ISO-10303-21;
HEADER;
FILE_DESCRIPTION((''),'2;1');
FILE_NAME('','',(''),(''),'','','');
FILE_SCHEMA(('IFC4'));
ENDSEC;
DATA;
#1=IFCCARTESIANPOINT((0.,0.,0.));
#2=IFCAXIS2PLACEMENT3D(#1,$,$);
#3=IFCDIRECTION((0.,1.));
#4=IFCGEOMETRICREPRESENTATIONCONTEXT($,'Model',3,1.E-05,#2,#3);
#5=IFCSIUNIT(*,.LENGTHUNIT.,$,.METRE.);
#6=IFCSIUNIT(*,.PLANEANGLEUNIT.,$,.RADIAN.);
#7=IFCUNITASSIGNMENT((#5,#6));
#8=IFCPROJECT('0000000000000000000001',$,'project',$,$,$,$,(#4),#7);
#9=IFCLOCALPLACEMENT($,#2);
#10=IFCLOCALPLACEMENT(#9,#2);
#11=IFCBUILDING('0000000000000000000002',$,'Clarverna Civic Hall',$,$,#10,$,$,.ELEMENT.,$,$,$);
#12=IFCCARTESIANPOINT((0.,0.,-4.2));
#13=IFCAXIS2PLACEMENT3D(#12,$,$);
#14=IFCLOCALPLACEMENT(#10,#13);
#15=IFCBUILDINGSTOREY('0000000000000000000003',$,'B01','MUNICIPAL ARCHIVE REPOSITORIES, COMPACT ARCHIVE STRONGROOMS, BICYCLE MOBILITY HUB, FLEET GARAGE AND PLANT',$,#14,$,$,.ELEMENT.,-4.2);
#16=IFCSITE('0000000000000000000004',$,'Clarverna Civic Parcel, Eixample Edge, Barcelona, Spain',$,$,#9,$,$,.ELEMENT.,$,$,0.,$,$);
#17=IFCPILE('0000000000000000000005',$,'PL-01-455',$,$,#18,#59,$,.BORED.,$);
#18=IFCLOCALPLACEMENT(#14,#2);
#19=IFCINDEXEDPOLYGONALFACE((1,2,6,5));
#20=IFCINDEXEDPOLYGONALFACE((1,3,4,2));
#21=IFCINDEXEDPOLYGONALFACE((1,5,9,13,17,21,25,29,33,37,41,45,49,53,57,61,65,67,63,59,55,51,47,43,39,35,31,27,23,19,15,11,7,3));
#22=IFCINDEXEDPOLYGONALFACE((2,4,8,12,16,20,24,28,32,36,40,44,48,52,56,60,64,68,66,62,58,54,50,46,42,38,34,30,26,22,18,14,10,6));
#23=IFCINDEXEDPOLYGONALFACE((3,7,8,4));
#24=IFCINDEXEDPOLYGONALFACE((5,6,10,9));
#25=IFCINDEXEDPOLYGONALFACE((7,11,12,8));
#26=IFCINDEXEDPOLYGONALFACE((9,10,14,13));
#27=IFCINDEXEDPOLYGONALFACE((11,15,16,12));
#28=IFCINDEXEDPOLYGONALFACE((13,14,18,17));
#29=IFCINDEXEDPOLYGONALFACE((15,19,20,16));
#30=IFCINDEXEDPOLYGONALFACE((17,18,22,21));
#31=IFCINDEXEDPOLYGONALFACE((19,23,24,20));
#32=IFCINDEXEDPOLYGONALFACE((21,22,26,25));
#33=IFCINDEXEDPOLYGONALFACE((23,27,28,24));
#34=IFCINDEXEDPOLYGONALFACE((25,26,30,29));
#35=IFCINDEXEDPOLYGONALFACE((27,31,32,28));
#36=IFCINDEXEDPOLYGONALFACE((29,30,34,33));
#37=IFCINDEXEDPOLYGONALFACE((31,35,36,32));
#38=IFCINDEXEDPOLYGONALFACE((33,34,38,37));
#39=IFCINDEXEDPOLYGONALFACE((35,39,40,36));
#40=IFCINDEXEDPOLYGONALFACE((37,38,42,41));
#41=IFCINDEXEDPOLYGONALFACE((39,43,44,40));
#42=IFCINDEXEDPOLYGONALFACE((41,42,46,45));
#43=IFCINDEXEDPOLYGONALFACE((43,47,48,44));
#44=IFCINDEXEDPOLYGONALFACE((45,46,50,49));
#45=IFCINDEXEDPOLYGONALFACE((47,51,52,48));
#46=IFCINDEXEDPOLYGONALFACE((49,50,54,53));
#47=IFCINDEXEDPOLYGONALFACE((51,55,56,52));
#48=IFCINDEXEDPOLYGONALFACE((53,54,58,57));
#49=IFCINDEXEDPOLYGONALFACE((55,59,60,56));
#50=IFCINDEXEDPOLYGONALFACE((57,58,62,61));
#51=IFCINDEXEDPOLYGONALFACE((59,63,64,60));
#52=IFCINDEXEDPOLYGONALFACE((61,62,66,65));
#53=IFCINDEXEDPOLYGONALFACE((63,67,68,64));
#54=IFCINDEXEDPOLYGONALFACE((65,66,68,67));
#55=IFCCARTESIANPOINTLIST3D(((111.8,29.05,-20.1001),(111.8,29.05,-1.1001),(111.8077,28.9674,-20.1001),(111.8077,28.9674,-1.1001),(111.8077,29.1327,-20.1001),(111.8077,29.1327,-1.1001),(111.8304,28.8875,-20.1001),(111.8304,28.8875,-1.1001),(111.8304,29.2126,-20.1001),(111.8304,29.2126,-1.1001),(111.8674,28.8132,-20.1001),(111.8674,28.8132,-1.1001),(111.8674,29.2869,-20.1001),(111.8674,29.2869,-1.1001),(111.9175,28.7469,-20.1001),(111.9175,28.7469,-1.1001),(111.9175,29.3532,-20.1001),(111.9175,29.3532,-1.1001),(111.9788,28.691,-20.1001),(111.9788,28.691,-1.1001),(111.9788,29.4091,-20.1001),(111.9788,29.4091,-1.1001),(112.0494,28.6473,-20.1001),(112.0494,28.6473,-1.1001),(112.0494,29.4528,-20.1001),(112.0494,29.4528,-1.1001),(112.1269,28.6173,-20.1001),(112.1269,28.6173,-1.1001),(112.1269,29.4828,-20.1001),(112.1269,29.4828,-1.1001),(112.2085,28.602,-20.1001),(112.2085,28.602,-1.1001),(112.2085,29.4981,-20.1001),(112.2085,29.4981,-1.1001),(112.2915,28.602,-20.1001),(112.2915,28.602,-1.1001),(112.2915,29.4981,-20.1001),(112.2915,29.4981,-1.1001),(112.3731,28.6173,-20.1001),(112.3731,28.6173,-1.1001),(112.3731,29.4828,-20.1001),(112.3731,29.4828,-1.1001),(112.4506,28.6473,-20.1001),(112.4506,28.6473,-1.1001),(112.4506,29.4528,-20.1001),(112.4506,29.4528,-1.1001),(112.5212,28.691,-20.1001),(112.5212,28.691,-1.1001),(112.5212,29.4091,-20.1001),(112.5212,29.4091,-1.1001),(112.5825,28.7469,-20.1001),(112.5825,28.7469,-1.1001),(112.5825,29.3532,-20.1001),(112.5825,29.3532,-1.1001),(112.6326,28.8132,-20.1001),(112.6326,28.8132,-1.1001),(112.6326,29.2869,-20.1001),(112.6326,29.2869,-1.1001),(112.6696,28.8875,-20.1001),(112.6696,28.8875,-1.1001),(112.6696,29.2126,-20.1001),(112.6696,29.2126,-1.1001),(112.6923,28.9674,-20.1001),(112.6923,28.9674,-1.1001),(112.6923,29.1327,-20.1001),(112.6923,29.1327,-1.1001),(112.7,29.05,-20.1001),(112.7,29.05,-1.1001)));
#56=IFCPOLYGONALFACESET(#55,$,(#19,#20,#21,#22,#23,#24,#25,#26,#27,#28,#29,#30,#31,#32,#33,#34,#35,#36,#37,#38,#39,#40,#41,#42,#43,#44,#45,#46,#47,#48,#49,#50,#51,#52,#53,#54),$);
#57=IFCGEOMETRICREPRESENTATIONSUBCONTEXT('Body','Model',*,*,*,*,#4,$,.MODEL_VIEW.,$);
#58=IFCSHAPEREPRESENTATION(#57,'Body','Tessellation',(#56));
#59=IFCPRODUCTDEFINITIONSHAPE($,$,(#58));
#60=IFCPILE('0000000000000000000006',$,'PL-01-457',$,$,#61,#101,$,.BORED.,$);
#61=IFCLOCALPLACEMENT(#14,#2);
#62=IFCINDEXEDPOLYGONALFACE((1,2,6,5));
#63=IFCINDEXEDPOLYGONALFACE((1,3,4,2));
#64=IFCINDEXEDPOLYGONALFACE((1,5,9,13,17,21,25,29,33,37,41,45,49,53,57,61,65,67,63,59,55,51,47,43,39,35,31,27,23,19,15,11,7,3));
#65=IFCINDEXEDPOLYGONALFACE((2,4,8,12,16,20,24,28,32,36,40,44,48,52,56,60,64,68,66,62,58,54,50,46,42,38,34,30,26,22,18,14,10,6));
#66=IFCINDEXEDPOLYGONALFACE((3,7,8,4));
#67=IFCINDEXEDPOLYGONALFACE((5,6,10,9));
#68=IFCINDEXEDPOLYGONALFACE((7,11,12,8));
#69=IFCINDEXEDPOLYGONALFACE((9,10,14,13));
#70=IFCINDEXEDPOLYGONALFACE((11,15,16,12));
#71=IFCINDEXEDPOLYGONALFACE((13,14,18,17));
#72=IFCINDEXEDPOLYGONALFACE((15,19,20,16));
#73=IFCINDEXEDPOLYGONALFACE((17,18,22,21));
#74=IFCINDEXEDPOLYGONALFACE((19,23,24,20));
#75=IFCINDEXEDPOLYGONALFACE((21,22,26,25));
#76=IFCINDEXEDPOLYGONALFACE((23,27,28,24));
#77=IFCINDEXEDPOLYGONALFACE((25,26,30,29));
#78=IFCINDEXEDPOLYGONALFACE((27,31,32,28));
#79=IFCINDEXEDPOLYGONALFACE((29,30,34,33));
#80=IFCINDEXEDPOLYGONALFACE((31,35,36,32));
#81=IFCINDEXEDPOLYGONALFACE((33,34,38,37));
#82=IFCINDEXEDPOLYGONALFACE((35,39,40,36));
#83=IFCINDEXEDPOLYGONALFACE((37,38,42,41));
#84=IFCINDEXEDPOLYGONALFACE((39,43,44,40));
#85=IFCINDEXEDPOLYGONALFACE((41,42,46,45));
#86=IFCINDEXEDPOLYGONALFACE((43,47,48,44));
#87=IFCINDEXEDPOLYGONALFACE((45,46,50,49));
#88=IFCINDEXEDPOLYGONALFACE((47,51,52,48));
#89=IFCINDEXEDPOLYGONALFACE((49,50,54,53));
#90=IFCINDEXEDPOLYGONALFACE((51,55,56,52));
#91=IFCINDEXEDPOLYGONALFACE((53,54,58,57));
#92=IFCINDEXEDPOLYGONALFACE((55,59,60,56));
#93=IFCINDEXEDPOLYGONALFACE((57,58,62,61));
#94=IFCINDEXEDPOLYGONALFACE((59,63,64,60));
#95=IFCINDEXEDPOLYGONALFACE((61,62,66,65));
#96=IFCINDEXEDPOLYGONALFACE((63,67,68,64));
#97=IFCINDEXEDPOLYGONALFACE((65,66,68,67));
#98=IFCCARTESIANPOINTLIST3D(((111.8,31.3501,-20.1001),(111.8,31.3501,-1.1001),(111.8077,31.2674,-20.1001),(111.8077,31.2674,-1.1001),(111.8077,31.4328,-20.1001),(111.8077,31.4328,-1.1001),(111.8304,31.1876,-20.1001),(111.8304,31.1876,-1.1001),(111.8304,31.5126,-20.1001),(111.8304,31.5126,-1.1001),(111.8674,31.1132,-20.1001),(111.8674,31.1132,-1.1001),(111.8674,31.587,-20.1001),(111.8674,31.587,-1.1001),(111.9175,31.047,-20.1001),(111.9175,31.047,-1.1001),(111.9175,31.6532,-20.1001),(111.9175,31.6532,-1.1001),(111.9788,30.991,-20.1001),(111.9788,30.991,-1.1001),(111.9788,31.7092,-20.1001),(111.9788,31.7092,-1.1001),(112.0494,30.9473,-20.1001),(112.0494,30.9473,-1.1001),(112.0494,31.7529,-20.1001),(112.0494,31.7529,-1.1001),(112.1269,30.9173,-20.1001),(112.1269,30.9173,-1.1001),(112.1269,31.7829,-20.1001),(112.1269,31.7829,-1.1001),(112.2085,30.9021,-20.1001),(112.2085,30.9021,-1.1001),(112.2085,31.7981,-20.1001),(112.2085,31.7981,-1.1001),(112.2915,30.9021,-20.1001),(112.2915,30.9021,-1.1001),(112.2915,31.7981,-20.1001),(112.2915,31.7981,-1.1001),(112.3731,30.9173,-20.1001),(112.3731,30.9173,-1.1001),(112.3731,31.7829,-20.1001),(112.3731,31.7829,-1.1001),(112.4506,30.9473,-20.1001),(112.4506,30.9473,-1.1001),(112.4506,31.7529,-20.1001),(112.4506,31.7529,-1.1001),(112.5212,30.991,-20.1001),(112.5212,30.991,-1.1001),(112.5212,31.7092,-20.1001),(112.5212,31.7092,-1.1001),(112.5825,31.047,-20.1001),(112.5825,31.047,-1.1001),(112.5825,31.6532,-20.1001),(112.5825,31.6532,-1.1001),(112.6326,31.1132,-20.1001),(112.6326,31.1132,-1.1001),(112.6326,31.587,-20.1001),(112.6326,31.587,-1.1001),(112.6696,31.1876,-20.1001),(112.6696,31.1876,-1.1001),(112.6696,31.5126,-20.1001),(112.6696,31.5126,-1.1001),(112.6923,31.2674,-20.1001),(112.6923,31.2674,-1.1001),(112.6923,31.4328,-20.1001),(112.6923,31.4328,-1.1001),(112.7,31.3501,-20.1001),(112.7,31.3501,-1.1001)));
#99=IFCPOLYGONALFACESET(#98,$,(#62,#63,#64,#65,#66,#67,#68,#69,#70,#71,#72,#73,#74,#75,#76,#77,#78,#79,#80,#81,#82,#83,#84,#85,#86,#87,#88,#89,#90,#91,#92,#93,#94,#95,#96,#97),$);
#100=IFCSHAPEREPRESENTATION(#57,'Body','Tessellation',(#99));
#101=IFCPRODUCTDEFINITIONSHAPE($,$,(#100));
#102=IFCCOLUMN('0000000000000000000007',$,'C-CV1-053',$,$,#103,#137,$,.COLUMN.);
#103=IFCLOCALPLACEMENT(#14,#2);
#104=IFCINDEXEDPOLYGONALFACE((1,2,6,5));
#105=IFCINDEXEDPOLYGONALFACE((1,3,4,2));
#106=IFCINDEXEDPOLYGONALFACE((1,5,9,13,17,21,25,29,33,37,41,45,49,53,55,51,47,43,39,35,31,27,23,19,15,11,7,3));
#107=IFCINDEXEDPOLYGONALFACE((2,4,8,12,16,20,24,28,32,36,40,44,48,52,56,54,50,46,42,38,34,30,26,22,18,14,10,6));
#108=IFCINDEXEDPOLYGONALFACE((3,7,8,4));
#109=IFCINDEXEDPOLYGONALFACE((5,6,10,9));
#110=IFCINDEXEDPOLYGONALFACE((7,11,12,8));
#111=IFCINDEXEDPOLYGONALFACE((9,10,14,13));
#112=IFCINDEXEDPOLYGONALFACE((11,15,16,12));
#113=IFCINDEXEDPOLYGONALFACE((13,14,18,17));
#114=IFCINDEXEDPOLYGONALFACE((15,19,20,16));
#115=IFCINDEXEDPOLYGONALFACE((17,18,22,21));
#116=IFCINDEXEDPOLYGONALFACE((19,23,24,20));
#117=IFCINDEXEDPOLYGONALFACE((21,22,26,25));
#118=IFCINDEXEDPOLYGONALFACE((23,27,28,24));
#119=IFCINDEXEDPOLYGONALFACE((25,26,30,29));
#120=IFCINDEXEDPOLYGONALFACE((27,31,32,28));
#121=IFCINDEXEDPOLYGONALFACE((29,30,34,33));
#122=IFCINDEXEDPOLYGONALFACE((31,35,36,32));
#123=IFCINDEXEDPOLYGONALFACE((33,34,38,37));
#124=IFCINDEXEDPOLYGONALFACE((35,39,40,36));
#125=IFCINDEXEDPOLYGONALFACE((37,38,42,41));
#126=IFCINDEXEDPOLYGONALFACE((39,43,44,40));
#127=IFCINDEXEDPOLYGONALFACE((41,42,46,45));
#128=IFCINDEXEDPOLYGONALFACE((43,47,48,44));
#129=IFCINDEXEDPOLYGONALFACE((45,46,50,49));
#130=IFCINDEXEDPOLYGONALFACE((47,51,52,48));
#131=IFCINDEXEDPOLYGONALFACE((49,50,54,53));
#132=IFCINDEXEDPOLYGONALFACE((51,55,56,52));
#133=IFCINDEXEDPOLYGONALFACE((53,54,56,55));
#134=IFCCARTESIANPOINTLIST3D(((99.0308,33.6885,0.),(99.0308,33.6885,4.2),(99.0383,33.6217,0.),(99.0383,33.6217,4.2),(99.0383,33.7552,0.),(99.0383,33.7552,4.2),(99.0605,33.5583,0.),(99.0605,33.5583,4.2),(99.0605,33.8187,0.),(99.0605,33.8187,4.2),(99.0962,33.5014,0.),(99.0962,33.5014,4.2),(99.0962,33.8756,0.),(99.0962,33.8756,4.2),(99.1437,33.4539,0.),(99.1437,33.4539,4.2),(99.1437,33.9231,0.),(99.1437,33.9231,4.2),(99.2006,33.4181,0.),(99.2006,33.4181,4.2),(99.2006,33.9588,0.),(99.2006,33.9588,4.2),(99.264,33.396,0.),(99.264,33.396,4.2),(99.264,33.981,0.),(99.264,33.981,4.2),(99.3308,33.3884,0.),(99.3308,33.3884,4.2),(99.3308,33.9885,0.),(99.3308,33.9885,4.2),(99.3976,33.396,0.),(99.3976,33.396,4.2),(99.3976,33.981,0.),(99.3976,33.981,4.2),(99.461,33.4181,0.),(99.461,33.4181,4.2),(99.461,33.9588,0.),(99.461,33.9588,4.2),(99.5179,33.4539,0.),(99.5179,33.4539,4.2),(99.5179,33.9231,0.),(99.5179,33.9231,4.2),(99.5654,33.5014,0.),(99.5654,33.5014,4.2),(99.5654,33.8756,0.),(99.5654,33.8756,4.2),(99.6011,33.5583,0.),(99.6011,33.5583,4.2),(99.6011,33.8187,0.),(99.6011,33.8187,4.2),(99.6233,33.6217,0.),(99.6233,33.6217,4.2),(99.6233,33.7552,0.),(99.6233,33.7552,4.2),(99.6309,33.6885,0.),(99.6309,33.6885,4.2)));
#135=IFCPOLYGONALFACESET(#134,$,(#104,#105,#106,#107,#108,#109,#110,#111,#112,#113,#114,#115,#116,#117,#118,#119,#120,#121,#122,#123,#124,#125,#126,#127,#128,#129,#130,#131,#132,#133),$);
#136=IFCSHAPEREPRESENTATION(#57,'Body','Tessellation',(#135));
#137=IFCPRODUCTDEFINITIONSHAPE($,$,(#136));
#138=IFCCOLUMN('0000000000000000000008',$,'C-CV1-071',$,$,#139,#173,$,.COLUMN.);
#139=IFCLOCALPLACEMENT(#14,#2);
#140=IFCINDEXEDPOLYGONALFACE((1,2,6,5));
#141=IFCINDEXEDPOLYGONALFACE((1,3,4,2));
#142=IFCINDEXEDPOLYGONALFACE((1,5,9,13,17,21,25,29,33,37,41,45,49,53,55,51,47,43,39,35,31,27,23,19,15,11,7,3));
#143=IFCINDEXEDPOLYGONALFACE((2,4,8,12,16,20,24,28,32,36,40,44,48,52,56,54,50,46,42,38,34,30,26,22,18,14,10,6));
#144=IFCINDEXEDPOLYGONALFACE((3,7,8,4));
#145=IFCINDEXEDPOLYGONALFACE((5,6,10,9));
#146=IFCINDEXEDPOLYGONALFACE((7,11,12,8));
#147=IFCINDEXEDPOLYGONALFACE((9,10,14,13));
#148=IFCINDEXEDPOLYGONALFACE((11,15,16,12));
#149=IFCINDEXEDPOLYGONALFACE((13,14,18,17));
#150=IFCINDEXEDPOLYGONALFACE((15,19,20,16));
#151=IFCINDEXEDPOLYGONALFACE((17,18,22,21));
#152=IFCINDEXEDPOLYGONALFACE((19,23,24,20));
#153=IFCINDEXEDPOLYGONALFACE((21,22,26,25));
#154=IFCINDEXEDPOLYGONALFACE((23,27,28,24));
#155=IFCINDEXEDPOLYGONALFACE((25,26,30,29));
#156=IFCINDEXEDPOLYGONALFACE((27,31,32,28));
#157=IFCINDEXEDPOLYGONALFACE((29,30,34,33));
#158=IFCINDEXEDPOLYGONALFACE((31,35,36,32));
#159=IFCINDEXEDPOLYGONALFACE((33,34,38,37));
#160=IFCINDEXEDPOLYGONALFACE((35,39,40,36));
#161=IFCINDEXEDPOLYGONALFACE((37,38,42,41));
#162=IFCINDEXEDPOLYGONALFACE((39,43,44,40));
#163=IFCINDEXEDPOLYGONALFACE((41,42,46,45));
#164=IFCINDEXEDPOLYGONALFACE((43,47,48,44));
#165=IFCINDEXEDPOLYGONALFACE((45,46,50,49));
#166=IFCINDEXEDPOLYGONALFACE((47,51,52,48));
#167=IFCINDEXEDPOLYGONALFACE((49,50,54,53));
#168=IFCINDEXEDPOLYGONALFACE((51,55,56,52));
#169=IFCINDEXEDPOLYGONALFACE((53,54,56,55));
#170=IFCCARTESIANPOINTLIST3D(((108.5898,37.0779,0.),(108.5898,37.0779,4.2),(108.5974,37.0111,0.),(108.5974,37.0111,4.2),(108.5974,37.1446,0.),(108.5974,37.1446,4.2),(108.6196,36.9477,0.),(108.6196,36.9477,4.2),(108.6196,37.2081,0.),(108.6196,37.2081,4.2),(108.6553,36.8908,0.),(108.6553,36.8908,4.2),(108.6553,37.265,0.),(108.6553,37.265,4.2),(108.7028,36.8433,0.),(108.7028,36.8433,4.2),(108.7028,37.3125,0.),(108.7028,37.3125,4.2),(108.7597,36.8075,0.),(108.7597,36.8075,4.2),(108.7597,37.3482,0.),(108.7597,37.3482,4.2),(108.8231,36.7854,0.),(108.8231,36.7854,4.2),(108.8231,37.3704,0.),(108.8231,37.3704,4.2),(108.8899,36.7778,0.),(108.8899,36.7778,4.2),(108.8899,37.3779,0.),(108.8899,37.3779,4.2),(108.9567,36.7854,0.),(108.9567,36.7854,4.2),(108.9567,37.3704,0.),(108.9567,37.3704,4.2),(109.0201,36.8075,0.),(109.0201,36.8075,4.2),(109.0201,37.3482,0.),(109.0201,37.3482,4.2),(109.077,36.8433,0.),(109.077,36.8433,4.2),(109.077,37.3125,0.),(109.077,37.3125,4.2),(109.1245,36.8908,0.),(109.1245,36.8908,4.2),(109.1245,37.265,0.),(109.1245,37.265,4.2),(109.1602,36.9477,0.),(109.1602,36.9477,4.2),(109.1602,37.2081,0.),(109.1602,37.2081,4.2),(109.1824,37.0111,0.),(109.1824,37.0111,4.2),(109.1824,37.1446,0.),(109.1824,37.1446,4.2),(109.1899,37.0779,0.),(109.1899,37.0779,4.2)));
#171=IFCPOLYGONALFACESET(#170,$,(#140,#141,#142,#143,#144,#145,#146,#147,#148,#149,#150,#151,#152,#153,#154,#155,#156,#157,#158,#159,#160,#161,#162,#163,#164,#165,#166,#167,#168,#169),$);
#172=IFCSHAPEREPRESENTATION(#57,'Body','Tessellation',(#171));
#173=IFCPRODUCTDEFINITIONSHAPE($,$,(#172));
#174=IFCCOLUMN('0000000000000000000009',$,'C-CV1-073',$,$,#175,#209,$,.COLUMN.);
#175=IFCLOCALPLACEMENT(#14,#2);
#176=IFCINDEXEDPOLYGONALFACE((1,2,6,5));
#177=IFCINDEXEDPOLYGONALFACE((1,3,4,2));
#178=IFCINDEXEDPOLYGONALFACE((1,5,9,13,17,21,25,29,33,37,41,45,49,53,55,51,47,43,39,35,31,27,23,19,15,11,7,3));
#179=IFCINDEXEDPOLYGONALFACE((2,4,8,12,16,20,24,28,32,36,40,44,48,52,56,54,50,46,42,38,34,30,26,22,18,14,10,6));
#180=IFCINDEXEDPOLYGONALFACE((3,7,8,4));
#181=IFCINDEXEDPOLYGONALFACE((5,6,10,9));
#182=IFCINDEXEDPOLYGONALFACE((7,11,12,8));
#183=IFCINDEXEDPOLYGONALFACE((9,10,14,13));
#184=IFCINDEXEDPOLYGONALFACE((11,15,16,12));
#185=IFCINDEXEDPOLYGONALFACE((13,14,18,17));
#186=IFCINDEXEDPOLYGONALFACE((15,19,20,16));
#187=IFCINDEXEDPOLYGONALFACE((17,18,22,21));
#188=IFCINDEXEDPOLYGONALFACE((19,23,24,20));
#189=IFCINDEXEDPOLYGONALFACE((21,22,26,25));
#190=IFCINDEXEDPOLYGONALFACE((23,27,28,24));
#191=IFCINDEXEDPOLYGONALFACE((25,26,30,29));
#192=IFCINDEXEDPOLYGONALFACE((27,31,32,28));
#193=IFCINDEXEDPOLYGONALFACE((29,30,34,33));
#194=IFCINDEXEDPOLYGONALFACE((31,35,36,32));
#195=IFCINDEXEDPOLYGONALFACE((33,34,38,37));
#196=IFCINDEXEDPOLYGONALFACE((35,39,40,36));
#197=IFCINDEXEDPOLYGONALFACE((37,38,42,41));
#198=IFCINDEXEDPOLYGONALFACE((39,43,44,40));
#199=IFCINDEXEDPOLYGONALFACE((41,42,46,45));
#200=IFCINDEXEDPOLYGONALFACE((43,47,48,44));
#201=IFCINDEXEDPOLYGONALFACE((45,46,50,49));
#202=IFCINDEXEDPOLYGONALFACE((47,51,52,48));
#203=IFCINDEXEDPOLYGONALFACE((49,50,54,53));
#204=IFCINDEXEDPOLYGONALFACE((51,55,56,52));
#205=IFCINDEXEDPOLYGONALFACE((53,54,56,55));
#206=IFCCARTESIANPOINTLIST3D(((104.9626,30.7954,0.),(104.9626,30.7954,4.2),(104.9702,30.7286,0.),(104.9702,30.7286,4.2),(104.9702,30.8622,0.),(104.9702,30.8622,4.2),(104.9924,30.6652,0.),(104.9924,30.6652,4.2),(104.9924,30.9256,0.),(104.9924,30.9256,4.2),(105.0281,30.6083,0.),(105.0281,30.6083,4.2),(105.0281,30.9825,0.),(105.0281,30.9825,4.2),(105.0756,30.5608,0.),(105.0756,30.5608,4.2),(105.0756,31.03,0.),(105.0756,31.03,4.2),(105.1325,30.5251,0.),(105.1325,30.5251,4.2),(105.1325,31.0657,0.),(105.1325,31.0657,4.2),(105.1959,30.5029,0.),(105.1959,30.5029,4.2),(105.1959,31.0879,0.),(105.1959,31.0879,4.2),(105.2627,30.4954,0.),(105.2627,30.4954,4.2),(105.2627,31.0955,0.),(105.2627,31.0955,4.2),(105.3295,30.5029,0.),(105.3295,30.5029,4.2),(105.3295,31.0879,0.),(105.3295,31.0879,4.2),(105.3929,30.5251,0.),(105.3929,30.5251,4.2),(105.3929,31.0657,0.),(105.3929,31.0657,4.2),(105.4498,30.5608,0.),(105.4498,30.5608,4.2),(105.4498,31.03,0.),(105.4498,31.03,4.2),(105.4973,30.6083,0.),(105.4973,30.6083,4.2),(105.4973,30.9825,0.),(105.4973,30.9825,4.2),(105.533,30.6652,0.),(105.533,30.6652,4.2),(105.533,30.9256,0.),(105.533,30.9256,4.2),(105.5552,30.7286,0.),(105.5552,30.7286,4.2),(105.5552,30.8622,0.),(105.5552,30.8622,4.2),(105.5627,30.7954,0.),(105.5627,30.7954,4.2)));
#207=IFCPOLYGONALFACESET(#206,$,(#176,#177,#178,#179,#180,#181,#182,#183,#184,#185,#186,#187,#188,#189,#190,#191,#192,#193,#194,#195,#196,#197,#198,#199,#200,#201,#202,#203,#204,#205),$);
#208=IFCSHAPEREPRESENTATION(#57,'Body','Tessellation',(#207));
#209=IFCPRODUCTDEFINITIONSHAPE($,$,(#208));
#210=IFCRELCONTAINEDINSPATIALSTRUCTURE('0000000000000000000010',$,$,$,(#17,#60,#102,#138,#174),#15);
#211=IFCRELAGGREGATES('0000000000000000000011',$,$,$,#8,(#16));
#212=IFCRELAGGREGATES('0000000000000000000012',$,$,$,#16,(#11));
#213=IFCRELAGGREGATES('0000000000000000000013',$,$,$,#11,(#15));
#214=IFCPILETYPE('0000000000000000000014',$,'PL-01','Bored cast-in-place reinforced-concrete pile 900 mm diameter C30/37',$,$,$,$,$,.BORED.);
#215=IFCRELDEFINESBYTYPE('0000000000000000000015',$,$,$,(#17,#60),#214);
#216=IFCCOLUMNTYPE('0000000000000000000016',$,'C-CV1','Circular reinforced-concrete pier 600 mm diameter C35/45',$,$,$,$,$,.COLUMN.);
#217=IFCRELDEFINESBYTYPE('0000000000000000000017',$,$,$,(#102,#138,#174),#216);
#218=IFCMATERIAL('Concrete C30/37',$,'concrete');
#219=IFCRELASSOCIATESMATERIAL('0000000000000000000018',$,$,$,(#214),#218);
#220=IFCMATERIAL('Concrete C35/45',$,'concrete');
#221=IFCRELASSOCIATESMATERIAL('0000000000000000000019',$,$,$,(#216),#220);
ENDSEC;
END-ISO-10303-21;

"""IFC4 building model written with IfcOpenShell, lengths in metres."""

from ifc_helpers import new_model, si_unit, direction, frame, origin, origin_2d, place, context, subcontext, project, spatial, circle, extrude, material, material_profile, profile_set, type_object, element, save


model = new_model("IFC4")

# Units and contexts
model_context = context("Model", 3, precision=1e-05, world=origin(), true_north=direction((0.0, 1.0)))
body_context = subcontext(model_context, "Body", "Model", "MODEL_VIEW")
ifc_project = project(units=[si_unit("LENGTHUNIT", "METRE"), si_unit("PLANEANGLEUNIT", "RADIAN")], contexts=[model_context])

# Site, building, storey
site_placement = place(None, origin())
site = spatial("IfcSite", under=ifc_project, at=site_placement, Name="Clarverna Civic Parcel, Eixample Edge, Barcelona, Spain", CompositionType="ELEMENT", RefElevation=0.0)
building_placement = place(site_placement, origin())
building = spatial("IfcBuilding", under=site, at=building_placement, Name="Clarverna Civic Hall", CompositionType="ELEMENT")
storey_placement = place(building_placement, frame((0.0, 0.0, -4.2)))
storey = spatial("IfcBuildingStorey", under=building, at=storey_placement, Name="B01", Description="MUNICIPAL ARCHIVE REPOSITORIES, COMPACT ARCHIVE STRONGROOMS, BICYCLE MOBILITY HUB, FLEET GARAGE AND PLANT", CompositionType="ELEMENT", Elevation=-4.2)

# Shared definitions
ifc_material_1 = material(Name="Concrete C30/37", Category="concrete")

# Piles
ifc_material_profile_1 = material_profile(ifc_material_1, circle(Radius=0.45, at=origin_2d()), Name="BORED PILE D900")
ifc_profile_set_1 = profile_set([ifc_material_profile_1], Name="Concrete C30/37")
pile_type = type_object("IfcPileType", Name="PL-01", Description="Bored cast-in-place reinforced-concrete pile 900 mm diameter C30/37", PredefinedType="BORED", material=ifc_profile_set_1)
for number, where, z_axis, x_axis, name in (
    (1, (112.25, 29.05, -1.1001), (0.0, 0.0, -1.0), (1.0, 0.0, 0.0), "PL-01-455"),
    (2, (112.25, 31.3501, -1.1001), (0.0, 0.0, -1.0), (1.0, 0.0, 0.0), "PL-01-457"),
):
    element("IfcPile", number, at=place(storey_placement, frame(where, z_axis=z_axis, x_axis=x_axis)), inside=storey, type_object=pile_type, Name=name, PredefinedType="BORED", context=body_context, shape_type="SweptSolid", body=[
        extrude(circle(Radius=0.45, at=origin_2d()), origin(), (0.0, 0.0, 1.0), 19.0),
    ])

# Columns
ifc_material_2 = material(Name="Concrete C35/45", Category="concrete")
ifc_material_profile_2 = material_profile(ifc_material_2, circle(Radius=0.3, at=origin_2d()), Name="RC D600")
ifc_profile_set_2 = profile_set([ifc_material_profile_2], Name="Concrete C35/45")
column_type_1 = type_object("IfcColumnType", Name="C-CV1", Description="Circular reinforced-concrete pier 600 mm diameter C35/45", PredefinedType="COLUMN", material=ifc_profile_set_2)
for number, where, z_axis, x_axis, name in (
    (3, (99.3308, 33.6885, 0.0), (0.0, 0.0, 1.0), (1.0, 0.0, 0.0), "C-CV1-053"),
    (4, (108.8899, 37.0779, 0.0), (0.0, 0.0, 1.0), (1.0, 0.0, 0.0), "C-CV1-071"),
    (5, (105.2627, 30.7954, 0.0), (0.0, 0.0, 1.0), (1.0, 0.0, 0.0), "C-CV1-073"),
):
    element("IfcColumn", number, at=place(storey_placement, frame(where, z_axis=z_axis, x_axis=x_axis)), inside=storey, type_object=column_type_1, Name=name, PredefinedType="COLUMN", context=body_context, shape_type="SweptSolid", body=[
        extrude(circle(Radius=0.3, at=origin_2d()), origin(), (0.0, 0.0, 1.0), 4.2),
    ])

save(model, "model.ifc")
